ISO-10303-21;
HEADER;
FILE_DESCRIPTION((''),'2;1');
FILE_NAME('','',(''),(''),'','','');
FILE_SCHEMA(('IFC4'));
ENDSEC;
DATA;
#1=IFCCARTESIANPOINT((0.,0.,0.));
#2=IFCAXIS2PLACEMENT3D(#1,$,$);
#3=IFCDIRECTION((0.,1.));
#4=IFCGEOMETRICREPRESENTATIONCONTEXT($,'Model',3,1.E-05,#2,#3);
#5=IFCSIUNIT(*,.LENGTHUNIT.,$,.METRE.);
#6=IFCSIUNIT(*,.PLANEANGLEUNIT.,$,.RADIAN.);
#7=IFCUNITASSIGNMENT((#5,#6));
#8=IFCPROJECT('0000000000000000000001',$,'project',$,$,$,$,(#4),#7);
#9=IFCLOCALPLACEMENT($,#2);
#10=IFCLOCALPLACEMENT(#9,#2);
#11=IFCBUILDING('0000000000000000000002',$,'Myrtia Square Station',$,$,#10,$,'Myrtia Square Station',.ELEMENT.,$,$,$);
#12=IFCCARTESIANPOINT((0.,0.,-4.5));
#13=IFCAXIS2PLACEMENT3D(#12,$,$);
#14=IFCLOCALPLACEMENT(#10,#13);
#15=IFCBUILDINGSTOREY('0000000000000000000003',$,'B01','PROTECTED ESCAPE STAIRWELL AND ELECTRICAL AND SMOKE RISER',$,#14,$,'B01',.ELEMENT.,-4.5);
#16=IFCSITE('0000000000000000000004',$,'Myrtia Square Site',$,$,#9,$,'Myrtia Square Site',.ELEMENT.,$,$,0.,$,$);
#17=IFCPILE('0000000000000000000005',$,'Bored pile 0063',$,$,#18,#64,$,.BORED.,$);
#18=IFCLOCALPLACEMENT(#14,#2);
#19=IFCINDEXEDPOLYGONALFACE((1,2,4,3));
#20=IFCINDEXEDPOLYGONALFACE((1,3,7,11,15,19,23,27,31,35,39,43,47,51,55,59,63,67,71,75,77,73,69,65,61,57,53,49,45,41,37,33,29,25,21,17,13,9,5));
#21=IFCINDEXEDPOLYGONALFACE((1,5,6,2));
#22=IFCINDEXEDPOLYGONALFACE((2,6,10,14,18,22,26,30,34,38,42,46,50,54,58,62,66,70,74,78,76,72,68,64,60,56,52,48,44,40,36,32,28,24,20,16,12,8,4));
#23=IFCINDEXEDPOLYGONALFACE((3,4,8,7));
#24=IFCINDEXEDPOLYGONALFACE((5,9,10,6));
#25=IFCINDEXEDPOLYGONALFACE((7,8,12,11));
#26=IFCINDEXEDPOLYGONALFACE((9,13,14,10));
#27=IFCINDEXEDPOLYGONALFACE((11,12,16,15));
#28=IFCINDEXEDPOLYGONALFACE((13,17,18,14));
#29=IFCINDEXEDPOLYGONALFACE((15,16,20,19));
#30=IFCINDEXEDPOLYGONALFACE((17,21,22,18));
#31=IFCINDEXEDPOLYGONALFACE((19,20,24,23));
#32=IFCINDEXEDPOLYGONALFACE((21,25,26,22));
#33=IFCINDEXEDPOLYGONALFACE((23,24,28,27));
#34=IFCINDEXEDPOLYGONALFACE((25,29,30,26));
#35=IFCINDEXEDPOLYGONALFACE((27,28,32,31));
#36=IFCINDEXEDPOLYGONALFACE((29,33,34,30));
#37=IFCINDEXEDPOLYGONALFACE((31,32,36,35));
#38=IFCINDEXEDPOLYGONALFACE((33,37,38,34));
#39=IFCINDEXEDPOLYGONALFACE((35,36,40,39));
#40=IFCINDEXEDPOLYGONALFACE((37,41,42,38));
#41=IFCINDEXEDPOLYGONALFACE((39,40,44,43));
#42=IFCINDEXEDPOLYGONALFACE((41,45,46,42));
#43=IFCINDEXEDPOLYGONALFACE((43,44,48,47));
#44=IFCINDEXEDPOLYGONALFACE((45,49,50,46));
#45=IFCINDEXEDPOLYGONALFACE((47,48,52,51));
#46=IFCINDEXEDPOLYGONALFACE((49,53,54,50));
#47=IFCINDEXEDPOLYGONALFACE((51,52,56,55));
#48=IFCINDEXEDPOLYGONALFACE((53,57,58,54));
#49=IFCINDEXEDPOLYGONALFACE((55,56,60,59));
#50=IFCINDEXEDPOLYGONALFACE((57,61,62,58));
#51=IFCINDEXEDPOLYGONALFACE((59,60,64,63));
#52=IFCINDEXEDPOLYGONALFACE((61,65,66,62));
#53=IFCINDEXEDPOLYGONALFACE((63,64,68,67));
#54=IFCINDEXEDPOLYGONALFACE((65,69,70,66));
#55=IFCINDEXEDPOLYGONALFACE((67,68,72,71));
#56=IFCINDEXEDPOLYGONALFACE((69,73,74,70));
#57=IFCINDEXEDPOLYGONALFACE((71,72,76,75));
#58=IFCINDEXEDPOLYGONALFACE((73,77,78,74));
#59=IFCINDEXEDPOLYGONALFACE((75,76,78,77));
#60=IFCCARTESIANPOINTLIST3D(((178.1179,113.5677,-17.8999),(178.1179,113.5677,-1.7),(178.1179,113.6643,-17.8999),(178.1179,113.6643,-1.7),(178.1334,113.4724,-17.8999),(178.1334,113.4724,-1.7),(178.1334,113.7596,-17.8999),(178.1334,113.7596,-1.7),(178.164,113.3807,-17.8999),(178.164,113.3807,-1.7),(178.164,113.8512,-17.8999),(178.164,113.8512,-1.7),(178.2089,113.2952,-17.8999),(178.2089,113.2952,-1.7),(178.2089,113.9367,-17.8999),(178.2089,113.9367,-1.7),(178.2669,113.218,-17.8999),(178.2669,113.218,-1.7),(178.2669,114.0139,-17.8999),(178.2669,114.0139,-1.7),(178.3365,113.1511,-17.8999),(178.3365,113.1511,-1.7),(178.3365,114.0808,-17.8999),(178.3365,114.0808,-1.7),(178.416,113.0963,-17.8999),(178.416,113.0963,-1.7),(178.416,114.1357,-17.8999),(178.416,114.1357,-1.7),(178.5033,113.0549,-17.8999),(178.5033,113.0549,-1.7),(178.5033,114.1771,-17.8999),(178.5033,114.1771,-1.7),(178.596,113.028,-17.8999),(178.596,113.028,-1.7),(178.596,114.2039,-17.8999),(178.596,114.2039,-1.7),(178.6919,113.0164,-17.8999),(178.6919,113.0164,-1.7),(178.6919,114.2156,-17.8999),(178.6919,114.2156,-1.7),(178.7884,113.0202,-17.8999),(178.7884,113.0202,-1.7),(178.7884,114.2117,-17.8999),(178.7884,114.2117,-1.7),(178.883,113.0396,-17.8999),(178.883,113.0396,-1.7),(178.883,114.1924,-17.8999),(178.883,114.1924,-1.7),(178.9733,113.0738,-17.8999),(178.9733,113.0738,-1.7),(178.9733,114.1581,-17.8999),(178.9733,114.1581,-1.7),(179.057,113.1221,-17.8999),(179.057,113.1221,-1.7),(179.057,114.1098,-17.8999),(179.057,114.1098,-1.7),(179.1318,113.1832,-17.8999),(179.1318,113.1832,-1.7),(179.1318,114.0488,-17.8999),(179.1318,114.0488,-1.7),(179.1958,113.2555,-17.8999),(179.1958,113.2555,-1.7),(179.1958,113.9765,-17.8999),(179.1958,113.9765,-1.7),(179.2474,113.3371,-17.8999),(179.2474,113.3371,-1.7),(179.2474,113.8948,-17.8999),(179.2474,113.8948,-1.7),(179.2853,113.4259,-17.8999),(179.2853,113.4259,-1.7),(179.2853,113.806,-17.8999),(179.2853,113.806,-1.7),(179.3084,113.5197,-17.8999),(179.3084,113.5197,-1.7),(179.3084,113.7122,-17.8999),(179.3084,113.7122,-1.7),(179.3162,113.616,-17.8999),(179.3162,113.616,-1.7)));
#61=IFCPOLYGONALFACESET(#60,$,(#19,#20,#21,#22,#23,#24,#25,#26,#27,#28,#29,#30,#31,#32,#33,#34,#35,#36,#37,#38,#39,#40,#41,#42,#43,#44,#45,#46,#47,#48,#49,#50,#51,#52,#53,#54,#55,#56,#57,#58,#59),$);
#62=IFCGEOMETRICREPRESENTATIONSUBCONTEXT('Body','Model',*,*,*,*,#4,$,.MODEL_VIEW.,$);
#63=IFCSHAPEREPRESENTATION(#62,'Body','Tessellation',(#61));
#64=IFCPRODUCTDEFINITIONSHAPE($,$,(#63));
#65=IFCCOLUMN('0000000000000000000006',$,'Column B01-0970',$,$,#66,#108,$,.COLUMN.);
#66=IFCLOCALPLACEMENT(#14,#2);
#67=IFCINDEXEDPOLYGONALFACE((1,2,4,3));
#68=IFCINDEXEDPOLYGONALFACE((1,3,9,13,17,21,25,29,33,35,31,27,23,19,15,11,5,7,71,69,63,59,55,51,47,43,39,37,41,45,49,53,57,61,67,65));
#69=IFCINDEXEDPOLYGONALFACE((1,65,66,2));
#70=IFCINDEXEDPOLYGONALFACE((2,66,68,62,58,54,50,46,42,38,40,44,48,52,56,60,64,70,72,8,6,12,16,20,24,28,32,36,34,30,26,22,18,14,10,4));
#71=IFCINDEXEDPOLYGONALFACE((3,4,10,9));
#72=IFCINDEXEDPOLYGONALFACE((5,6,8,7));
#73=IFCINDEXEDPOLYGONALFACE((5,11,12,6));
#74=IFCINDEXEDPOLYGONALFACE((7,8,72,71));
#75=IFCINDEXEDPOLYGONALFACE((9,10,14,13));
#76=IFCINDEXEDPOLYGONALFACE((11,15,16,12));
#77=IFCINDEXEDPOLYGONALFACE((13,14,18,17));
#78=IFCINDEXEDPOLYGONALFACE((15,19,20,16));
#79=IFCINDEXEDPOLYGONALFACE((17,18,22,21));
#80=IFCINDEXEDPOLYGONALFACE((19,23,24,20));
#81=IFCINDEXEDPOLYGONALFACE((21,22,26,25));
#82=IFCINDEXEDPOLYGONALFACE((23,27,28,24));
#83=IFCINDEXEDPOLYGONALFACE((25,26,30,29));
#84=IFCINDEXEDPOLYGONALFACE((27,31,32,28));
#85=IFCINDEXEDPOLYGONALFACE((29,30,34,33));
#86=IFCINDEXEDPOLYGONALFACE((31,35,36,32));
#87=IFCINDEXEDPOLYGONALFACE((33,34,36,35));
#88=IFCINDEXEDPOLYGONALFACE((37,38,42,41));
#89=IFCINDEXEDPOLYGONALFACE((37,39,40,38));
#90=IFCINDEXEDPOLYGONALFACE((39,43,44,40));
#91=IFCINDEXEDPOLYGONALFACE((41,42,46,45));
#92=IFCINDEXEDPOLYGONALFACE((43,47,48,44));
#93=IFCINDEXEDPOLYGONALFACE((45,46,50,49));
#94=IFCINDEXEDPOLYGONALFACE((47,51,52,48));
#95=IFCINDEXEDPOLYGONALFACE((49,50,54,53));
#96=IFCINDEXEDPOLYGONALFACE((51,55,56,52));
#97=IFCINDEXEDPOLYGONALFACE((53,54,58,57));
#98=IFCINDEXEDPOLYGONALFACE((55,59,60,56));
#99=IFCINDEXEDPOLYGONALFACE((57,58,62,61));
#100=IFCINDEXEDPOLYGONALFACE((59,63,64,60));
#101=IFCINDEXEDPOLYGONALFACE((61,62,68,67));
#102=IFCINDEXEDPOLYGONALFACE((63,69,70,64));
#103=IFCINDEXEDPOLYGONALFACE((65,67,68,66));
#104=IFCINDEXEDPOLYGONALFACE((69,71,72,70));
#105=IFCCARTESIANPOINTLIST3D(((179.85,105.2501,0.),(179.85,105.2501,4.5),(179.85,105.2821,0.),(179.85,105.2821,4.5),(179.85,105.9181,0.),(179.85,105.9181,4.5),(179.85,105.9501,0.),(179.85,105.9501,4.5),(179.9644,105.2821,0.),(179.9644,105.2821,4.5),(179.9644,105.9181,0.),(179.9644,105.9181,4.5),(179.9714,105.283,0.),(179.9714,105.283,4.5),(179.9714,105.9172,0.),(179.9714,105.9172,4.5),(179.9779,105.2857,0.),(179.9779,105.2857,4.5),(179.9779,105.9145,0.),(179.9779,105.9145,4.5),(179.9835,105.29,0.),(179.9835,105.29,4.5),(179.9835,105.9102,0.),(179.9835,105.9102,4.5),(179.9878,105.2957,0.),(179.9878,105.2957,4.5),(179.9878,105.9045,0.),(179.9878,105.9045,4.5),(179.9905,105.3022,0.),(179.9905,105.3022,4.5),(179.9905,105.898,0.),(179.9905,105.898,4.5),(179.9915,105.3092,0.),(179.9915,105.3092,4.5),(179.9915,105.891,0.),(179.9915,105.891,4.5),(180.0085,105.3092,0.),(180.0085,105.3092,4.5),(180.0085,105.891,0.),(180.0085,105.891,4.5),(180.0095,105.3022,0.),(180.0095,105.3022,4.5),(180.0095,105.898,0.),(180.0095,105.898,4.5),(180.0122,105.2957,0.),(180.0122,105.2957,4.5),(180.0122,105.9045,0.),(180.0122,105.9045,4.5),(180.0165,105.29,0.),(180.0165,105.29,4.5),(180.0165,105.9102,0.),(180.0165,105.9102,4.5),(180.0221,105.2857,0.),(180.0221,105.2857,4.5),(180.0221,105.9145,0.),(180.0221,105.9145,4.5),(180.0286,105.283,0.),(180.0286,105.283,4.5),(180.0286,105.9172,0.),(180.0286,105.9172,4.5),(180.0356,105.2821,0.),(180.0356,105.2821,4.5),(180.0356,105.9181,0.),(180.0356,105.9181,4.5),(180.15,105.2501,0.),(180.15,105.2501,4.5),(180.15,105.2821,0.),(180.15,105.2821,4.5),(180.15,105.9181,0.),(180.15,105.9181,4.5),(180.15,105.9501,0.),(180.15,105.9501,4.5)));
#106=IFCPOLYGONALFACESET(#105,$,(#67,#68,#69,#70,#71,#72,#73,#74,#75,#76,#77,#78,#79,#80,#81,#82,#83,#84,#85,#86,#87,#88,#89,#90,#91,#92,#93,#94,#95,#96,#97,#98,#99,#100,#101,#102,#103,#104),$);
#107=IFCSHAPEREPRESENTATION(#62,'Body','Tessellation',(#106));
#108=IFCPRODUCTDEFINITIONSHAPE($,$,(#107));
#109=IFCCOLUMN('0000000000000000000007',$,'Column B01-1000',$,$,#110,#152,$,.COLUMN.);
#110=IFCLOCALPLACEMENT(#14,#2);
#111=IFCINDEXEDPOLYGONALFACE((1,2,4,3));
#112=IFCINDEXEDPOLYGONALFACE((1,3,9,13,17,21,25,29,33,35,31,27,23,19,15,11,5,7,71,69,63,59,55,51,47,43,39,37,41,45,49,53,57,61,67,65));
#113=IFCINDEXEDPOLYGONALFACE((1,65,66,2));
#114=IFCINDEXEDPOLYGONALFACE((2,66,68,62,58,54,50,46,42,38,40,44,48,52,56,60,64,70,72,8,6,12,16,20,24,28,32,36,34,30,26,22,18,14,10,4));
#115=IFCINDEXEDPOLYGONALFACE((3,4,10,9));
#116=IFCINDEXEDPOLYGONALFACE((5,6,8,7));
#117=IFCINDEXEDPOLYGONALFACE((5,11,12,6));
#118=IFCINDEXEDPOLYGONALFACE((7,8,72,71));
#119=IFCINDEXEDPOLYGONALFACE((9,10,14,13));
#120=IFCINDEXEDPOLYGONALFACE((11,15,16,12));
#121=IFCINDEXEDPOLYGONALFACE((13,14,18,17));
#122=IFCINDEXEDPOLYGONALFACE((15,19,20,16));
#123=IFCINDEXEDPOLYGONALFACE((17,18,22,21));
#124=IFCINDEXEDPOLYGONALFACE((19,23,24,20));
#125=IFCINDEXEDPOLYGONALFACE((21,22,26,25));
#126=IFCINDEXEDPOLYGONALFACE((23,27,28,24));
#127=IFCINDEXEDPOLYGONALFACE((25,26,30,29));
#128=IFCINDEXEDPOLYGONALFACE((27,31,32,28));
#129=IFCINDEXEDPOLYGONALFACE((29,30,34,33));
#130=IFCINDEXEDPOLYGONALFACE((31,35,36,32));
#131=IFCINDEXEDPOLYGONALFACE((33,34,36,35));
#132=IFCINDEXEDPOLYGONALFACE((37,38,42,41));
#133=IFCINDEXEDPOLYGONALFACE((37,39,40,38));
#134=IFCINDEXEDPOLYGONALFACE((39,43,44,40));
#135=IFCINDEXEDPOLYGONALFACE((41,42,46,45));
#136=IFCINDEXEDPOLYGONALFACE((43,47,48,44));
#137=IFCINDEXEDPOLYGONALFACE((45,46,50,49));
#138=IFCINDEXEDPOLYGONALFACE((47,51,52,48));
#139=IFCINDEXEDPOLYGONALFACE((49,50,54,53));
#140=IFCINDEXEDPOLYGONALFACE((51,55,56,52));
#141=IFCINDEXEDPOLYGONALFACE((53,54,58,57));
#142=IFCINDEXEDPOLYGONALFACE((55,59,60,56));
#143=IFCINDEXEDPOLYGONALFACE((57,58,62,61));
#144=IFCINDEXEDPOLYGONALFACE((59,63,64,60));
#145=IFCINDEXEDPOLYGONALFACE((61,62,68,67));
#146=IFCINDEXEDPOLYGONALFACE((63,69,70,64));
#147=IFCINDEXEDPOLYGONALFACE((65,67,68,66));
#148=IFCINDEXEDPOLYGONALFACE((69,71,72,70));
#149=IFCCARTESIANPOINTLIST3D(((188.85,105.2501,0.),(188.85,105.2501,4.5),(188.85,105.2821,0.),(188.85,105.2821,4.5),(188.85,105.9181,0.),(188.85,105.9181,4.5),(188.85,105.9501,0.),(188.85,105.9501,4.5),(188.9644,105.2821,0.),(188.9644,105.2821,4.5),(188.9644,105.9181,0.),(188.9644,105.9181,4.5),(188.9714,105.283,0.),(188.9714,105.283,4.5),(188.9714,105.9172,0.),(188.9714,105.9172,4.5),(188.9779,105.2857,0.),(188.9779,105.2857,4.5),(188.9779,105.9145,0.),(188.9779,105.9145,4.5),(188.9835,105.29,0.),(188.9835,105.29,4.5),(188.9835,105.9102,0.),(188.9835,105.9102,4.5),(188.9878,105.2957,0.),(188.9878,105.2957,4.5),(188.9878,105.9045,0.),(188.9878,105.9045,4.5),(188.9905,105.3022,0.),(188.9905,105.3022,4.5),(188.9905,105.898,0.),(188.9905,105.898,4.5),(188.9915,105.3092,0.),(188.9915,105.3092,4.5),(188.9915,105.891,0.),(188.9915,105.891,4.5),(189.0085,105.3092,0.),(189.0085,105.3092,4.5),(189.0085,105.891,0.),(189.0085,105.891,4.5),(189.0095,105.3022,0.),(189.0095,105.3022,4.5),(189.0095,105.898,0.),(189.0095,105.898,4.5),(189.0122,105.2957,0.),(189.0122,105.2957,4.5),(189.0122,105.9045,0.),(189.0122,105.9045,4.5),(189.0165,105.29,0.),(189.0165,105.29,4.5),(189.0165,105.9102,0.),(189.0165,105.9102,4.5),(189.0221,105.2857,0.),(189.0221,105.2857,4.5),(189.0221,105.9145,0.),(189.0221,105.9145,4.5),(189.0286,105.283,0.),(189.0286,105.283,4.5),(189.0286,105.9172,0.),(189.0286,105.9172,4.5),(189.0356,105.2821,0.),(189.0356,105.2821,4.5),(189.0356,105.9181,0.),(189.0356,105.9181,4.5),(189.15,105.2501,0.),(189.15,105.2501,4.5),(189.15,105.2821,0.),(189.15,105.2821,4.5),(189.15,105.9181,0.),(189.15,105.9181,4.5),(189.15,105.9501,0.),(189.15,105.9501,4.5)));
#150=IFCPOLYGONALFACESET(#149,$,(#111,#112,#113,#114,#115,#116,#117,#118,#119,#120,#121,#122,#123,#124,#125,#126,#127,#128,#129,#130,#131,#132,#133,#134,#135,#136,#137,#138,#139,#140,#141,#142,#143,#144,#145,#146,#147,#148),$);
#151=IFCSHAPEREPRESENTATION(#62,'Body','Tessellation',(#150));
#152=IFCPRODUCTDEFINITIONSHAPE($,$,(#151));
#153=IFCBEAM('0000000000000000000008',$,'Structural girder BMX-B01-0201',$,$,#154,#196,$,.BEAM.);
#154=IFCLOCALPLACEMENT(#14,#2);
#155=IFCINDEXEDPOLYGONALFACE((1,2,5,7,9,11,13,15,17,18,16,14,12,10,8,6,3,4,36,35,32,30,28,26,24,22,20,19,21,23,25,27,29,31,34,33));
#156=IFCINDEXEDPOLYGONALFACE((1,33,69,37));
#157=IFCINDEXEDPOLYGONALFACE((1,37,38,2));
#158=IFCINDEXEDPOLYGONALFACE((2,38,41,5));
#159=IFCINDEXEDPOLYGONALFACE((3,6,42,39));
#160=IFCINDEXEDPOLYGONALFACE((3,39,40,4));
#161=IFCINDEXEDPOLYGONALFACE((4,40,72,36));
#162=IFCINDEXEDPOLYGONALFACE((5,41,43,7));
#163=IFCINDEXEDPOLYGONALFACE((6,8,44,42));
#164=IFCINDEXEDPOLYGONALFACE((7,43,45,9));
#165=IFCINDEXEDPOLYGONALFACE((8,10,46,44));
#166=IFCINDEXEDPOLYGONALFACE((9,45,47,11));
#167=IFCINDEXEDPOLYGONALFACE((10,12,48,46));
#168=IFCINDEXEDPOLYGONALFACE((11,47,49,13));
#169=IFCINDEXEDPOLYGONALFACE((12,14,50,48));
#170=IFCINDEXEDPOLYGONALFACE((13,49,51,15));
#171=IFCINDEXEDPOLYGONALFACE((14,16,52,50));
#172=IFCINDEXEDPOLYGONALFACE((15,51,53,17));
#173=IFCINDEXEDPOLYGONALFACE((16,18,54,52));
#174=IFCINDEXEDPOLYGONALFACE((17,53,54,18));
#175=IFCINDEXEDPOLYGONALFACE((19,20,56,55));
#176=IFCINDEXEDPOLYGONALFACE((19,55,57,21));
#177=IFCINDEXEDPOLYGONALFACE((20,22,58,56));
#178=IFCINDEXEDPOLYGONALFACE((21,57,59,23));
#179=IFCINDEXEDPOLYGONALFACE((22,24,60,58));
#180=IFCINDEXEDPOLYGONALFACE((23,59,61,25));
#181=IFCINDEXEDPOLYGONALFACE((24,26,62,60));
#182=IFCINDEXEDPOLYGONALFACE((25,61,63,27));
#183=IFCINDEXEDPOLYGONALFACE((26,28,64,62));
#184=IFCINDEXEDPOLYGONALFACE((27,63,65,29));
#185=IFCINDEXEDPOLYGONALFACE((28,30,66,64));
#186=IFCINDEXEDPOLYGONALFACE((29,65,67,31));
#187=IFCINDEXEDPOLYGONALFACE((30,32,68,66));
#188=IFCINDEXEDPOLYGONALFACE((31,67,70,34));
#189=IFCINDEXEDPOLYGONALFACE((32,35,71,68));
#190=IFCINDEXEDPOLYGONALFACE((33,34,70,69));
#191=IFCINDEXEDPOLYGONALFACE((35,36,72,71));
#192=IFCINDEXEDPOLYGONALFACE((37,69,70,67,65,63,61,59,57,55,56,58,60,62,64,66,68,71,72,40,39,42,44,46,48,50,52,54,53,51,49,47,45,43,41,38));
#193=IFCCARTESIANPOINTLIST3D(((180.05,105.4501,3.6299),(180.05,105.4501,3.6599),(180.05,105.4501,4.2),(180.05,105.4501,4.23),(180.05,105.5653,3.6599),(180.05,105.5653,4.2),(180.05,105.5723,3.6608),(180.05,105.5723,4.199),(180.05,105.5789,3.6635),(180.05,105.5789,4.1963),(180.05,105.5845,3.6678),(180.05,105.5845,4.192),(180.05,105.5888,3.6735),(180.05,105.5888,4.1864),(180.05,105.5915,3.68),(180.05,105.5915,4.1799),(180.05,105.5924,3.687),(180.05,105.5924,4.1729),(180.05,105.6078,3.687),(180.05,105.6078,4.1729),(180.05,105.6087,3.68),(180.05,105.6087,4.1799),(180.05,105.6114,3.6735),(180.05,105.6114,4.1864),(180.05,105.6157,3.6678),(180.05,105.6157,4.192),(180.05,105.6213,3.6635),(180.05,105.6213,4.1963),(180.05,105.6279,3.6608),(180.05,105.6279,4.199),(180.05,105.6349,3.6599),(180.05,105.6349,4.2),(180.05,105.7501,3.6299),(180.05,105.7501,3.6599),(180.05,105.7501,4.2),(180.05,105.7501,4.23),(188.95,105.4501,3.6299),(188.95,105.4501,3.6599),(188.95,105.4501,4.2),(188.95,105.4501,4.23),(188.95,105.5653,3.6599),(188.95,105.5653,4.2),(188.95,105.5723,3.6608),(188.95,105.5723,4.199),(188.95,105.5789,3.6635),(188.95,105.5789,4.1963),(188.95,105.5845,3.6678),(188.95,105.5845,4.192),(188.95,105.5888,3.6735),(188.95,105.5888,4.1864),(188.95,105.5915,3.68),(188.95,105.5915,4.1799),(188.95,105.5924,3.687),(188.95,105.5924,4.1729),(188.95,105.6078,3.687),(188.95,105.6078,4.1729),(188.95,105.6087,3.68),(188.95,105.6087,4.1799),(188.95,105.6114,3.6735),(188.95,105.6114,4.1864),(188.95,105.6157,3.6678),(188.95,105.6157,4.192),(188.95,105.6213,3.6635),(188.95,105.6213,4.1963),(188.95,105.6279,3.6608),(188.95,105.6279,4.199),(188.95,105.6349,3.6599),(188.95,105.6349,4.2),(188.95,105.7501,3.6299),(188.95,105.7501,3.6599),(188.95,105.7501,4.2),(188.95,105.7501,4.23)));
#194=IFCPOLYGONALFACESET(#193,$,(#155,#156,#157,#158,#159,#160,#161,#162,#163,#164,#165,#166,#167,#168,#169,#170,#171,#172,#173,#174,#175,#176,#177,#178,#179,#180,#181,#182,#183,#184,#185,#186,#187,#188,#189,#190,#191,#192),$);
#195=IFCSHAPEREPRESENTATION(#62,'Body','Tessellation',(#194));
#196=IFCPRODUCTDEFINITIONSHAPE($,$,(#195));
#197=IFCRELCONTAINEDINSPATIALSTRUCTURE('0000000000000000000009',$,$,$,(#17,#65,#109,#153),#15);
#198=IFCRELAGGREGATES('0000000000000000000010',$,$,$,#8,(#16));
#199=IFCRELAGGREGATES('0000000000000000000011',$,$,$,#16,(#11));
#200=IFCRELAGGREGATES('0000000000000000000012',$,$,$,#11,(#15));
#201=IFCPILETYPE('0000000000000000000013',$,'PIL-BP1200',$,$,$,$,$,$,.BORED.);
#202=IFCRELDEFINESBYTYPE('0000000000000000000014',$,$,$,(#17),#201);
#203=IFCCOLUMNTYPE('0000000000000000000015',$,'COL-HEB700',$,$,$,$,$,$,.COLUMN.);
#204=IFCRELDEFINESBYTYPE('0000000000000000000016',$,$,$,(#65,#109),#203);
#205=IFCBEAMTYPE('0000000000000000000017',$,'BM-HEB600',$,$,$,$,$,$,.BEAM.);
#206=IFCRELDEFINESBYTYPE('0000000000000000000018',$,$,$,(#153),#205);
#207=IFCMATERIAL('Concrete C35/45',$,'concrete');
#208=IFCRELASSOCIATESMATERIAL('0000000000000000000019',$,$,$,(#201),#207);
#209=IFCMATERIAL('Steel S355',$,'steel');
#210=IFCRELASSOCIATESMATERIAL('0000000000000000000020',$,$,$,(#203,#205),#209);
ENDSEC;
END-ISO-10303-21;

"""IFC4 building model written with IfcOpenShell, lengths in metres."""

from ifc_helpers import new_model, si_unit, direction, frame, origin, origin_2d, place, context, subcontext, project, spatial, circle, i_section, extrude, material, material_profile, profile_set, type_object, element, save


model = new_model("IFC4")

# Units and contexts
model_context = context("Model", 3, precision=1e-05, world=origin(), true_north=direction((0.0, 1.0)))
body_context = subcontext(model_context, "Body", "Model", "MODEL_VIEW")
ifc_project = project(units=[si_unit("LENGTHUNIT", "METRE"), si_unit("PLANEANGLEUNIT", "RADIAN")], contexts=[model_context])

# Site, building, storey
site_placement = place(None, origin())
site = spatial("IfcSite", under=ifc_project, at=site_placement, Name="Myrtia Square Site", LongName="Myrtia Square Site", CompositionType="ELEMENT", RefElevation=0.0)
building_placement = place(site_placement, origin())
building = spatial("IfcBuilding", under=site, at=building_placement, Name="Myrtia Square Station", LongName="Myrtia Square Station", CompositionType="ELEMENT")
storey_placement = place(building_placement, frame((0.0, 0.0, -4.5)))
storey = spatial("IfcBuildingStorey", under=building, at=storey_placement, Name="B01", Description="PROTECTED ESCAPE STAIRWELL AND ELECTRICAL AND SMOKE RISER", LongName="B01", CompositionType="ELEMENT", Elevation=-4.5)

# Shared definitions
ifc_material_1 = material(Name="Concrete C35/45", Category="concrete")

# Pile
ifc_material_profile_1 = material_profile(ifc_material_1, circle(Radius=0.6001, at=origin_2d()), Name="BP D1200")
ifc_profile_set_1 = profile_set([ifc_material_profile_1], Name="Concrete C35/45")
pile_type_1 = type_object("IfcPileType", Name="PIL-BP1200", PredefinedType="BORED", material=ifc_profile_set_1)
for number, where, z_axis, x_axis, name in (
    (1, (178.7161, 113.616, -1.7), (0.0, 0.0, -1.0), (1.0, 0.0, 0.0), "Bored pile 0063"),
):
    element("IfcPile", number, at=place(storey_placement, frame(where, z_axis=z_axis, x_axis=x_axis)), inside=storey, type_object=pile_type_1, Name=name, PredefinedType="BORED", context=body_context, shape_type="SweptSolid", body=[
        extrude(circle(Radius=0.6001, at=origin_2d()), origin(), (0.0, 0.0, 1.0), 16.2),
    ])

# Columns
ifc_material_2 = material(Name="Steel S355", Category="steel")
ifc_material_profile_2 = material_profile(ifc_material_2, i_section(OverallWidth=0.3, OverallDepth=0.7, WebThickness=0.0171, FlangeThickness=0.032, FilletRadius=0.0271, at=origin_2d()), Name="HEB 700")
ifc_profile_set_2 = profile_set([ifc_material_profile_2], Name="Steel S355")
column_type = type_object("IfcColumnType", Name="COL-HEB700", PredefinedType="COLUMN", material=ifc_profile_set_2)
for number, where, z_axis, x_axis, name in (
    (2, (180.0, 105.6001, 0.0), (0.0, 0.0, 1.0), (1.0, 0.0, 0.0), "Column B01-0970"),
    (3, (189.0, 105.6001, 0.0), (0.0, 0.0, 1.0), (1.0, 0.0, 0.0), "Column B01-1000"),
):
    element("IfcColumn", number, at=place(storey_placement, frame(where, z_axis=z_axis, x_axis=x_axis)), inside=storey, type_object=column_type, Name=name, PredefinedType="COLUMN", context=body_context, shape_type="SweptSolid", body=[
        extrude(i_section(OverallWidth=0.3, OverallDepth=0.7, WebThickness=0.0171, FlangeThickness=0.032, FilletRadius=0.0271, at=origin_2d()), origin(), (0.0, 0.0, 1.0), 4.5),
    ])

# Beam
ifc_material_profile_3 = material_profile(ifc_material_2, i_section(OverallWidth=0.3, OverallDepth=0.6001, WebThickness=0.0154, FlangeThickness=0.03, FilletRadius=0.0271, at=origin_2d()), Name="HEB 600")
ifc_profile_set_3 = profile_set([ifc_material_profile_3], Name="Steel S355")
beam_type_1 = type_object("IfcBeamType", Name="BM-HEB600", PredefinedType="BEAM", material=ifc_profile_set_3)
beam_1_placement = place(storey_placement, frame((180.05, 105.6001, 3.9299), z_axis=(1.0, 0.0, 0.0), x_axis=(0.0, 1.0, 0.0)))
element("IfcBeam", 4, at=beam_1_placement, inside=storey, type_object=beam_type_1, Name="Structural girder BMX-B01-0201", PredefinedType="BEAM", context=body_context, shape_type="SweptSolid", body=[
    extrude(i_section(OverallWidth=0.3, OverallDepth=0.6001, WebThickness=0.0154, FlangeThickness=0.03, FilletRadius=0.0271, at=origin_2d()), origin(), (0.0, 0.0, 1.0), 8.8999),
])

save(model, "model.ifc")
